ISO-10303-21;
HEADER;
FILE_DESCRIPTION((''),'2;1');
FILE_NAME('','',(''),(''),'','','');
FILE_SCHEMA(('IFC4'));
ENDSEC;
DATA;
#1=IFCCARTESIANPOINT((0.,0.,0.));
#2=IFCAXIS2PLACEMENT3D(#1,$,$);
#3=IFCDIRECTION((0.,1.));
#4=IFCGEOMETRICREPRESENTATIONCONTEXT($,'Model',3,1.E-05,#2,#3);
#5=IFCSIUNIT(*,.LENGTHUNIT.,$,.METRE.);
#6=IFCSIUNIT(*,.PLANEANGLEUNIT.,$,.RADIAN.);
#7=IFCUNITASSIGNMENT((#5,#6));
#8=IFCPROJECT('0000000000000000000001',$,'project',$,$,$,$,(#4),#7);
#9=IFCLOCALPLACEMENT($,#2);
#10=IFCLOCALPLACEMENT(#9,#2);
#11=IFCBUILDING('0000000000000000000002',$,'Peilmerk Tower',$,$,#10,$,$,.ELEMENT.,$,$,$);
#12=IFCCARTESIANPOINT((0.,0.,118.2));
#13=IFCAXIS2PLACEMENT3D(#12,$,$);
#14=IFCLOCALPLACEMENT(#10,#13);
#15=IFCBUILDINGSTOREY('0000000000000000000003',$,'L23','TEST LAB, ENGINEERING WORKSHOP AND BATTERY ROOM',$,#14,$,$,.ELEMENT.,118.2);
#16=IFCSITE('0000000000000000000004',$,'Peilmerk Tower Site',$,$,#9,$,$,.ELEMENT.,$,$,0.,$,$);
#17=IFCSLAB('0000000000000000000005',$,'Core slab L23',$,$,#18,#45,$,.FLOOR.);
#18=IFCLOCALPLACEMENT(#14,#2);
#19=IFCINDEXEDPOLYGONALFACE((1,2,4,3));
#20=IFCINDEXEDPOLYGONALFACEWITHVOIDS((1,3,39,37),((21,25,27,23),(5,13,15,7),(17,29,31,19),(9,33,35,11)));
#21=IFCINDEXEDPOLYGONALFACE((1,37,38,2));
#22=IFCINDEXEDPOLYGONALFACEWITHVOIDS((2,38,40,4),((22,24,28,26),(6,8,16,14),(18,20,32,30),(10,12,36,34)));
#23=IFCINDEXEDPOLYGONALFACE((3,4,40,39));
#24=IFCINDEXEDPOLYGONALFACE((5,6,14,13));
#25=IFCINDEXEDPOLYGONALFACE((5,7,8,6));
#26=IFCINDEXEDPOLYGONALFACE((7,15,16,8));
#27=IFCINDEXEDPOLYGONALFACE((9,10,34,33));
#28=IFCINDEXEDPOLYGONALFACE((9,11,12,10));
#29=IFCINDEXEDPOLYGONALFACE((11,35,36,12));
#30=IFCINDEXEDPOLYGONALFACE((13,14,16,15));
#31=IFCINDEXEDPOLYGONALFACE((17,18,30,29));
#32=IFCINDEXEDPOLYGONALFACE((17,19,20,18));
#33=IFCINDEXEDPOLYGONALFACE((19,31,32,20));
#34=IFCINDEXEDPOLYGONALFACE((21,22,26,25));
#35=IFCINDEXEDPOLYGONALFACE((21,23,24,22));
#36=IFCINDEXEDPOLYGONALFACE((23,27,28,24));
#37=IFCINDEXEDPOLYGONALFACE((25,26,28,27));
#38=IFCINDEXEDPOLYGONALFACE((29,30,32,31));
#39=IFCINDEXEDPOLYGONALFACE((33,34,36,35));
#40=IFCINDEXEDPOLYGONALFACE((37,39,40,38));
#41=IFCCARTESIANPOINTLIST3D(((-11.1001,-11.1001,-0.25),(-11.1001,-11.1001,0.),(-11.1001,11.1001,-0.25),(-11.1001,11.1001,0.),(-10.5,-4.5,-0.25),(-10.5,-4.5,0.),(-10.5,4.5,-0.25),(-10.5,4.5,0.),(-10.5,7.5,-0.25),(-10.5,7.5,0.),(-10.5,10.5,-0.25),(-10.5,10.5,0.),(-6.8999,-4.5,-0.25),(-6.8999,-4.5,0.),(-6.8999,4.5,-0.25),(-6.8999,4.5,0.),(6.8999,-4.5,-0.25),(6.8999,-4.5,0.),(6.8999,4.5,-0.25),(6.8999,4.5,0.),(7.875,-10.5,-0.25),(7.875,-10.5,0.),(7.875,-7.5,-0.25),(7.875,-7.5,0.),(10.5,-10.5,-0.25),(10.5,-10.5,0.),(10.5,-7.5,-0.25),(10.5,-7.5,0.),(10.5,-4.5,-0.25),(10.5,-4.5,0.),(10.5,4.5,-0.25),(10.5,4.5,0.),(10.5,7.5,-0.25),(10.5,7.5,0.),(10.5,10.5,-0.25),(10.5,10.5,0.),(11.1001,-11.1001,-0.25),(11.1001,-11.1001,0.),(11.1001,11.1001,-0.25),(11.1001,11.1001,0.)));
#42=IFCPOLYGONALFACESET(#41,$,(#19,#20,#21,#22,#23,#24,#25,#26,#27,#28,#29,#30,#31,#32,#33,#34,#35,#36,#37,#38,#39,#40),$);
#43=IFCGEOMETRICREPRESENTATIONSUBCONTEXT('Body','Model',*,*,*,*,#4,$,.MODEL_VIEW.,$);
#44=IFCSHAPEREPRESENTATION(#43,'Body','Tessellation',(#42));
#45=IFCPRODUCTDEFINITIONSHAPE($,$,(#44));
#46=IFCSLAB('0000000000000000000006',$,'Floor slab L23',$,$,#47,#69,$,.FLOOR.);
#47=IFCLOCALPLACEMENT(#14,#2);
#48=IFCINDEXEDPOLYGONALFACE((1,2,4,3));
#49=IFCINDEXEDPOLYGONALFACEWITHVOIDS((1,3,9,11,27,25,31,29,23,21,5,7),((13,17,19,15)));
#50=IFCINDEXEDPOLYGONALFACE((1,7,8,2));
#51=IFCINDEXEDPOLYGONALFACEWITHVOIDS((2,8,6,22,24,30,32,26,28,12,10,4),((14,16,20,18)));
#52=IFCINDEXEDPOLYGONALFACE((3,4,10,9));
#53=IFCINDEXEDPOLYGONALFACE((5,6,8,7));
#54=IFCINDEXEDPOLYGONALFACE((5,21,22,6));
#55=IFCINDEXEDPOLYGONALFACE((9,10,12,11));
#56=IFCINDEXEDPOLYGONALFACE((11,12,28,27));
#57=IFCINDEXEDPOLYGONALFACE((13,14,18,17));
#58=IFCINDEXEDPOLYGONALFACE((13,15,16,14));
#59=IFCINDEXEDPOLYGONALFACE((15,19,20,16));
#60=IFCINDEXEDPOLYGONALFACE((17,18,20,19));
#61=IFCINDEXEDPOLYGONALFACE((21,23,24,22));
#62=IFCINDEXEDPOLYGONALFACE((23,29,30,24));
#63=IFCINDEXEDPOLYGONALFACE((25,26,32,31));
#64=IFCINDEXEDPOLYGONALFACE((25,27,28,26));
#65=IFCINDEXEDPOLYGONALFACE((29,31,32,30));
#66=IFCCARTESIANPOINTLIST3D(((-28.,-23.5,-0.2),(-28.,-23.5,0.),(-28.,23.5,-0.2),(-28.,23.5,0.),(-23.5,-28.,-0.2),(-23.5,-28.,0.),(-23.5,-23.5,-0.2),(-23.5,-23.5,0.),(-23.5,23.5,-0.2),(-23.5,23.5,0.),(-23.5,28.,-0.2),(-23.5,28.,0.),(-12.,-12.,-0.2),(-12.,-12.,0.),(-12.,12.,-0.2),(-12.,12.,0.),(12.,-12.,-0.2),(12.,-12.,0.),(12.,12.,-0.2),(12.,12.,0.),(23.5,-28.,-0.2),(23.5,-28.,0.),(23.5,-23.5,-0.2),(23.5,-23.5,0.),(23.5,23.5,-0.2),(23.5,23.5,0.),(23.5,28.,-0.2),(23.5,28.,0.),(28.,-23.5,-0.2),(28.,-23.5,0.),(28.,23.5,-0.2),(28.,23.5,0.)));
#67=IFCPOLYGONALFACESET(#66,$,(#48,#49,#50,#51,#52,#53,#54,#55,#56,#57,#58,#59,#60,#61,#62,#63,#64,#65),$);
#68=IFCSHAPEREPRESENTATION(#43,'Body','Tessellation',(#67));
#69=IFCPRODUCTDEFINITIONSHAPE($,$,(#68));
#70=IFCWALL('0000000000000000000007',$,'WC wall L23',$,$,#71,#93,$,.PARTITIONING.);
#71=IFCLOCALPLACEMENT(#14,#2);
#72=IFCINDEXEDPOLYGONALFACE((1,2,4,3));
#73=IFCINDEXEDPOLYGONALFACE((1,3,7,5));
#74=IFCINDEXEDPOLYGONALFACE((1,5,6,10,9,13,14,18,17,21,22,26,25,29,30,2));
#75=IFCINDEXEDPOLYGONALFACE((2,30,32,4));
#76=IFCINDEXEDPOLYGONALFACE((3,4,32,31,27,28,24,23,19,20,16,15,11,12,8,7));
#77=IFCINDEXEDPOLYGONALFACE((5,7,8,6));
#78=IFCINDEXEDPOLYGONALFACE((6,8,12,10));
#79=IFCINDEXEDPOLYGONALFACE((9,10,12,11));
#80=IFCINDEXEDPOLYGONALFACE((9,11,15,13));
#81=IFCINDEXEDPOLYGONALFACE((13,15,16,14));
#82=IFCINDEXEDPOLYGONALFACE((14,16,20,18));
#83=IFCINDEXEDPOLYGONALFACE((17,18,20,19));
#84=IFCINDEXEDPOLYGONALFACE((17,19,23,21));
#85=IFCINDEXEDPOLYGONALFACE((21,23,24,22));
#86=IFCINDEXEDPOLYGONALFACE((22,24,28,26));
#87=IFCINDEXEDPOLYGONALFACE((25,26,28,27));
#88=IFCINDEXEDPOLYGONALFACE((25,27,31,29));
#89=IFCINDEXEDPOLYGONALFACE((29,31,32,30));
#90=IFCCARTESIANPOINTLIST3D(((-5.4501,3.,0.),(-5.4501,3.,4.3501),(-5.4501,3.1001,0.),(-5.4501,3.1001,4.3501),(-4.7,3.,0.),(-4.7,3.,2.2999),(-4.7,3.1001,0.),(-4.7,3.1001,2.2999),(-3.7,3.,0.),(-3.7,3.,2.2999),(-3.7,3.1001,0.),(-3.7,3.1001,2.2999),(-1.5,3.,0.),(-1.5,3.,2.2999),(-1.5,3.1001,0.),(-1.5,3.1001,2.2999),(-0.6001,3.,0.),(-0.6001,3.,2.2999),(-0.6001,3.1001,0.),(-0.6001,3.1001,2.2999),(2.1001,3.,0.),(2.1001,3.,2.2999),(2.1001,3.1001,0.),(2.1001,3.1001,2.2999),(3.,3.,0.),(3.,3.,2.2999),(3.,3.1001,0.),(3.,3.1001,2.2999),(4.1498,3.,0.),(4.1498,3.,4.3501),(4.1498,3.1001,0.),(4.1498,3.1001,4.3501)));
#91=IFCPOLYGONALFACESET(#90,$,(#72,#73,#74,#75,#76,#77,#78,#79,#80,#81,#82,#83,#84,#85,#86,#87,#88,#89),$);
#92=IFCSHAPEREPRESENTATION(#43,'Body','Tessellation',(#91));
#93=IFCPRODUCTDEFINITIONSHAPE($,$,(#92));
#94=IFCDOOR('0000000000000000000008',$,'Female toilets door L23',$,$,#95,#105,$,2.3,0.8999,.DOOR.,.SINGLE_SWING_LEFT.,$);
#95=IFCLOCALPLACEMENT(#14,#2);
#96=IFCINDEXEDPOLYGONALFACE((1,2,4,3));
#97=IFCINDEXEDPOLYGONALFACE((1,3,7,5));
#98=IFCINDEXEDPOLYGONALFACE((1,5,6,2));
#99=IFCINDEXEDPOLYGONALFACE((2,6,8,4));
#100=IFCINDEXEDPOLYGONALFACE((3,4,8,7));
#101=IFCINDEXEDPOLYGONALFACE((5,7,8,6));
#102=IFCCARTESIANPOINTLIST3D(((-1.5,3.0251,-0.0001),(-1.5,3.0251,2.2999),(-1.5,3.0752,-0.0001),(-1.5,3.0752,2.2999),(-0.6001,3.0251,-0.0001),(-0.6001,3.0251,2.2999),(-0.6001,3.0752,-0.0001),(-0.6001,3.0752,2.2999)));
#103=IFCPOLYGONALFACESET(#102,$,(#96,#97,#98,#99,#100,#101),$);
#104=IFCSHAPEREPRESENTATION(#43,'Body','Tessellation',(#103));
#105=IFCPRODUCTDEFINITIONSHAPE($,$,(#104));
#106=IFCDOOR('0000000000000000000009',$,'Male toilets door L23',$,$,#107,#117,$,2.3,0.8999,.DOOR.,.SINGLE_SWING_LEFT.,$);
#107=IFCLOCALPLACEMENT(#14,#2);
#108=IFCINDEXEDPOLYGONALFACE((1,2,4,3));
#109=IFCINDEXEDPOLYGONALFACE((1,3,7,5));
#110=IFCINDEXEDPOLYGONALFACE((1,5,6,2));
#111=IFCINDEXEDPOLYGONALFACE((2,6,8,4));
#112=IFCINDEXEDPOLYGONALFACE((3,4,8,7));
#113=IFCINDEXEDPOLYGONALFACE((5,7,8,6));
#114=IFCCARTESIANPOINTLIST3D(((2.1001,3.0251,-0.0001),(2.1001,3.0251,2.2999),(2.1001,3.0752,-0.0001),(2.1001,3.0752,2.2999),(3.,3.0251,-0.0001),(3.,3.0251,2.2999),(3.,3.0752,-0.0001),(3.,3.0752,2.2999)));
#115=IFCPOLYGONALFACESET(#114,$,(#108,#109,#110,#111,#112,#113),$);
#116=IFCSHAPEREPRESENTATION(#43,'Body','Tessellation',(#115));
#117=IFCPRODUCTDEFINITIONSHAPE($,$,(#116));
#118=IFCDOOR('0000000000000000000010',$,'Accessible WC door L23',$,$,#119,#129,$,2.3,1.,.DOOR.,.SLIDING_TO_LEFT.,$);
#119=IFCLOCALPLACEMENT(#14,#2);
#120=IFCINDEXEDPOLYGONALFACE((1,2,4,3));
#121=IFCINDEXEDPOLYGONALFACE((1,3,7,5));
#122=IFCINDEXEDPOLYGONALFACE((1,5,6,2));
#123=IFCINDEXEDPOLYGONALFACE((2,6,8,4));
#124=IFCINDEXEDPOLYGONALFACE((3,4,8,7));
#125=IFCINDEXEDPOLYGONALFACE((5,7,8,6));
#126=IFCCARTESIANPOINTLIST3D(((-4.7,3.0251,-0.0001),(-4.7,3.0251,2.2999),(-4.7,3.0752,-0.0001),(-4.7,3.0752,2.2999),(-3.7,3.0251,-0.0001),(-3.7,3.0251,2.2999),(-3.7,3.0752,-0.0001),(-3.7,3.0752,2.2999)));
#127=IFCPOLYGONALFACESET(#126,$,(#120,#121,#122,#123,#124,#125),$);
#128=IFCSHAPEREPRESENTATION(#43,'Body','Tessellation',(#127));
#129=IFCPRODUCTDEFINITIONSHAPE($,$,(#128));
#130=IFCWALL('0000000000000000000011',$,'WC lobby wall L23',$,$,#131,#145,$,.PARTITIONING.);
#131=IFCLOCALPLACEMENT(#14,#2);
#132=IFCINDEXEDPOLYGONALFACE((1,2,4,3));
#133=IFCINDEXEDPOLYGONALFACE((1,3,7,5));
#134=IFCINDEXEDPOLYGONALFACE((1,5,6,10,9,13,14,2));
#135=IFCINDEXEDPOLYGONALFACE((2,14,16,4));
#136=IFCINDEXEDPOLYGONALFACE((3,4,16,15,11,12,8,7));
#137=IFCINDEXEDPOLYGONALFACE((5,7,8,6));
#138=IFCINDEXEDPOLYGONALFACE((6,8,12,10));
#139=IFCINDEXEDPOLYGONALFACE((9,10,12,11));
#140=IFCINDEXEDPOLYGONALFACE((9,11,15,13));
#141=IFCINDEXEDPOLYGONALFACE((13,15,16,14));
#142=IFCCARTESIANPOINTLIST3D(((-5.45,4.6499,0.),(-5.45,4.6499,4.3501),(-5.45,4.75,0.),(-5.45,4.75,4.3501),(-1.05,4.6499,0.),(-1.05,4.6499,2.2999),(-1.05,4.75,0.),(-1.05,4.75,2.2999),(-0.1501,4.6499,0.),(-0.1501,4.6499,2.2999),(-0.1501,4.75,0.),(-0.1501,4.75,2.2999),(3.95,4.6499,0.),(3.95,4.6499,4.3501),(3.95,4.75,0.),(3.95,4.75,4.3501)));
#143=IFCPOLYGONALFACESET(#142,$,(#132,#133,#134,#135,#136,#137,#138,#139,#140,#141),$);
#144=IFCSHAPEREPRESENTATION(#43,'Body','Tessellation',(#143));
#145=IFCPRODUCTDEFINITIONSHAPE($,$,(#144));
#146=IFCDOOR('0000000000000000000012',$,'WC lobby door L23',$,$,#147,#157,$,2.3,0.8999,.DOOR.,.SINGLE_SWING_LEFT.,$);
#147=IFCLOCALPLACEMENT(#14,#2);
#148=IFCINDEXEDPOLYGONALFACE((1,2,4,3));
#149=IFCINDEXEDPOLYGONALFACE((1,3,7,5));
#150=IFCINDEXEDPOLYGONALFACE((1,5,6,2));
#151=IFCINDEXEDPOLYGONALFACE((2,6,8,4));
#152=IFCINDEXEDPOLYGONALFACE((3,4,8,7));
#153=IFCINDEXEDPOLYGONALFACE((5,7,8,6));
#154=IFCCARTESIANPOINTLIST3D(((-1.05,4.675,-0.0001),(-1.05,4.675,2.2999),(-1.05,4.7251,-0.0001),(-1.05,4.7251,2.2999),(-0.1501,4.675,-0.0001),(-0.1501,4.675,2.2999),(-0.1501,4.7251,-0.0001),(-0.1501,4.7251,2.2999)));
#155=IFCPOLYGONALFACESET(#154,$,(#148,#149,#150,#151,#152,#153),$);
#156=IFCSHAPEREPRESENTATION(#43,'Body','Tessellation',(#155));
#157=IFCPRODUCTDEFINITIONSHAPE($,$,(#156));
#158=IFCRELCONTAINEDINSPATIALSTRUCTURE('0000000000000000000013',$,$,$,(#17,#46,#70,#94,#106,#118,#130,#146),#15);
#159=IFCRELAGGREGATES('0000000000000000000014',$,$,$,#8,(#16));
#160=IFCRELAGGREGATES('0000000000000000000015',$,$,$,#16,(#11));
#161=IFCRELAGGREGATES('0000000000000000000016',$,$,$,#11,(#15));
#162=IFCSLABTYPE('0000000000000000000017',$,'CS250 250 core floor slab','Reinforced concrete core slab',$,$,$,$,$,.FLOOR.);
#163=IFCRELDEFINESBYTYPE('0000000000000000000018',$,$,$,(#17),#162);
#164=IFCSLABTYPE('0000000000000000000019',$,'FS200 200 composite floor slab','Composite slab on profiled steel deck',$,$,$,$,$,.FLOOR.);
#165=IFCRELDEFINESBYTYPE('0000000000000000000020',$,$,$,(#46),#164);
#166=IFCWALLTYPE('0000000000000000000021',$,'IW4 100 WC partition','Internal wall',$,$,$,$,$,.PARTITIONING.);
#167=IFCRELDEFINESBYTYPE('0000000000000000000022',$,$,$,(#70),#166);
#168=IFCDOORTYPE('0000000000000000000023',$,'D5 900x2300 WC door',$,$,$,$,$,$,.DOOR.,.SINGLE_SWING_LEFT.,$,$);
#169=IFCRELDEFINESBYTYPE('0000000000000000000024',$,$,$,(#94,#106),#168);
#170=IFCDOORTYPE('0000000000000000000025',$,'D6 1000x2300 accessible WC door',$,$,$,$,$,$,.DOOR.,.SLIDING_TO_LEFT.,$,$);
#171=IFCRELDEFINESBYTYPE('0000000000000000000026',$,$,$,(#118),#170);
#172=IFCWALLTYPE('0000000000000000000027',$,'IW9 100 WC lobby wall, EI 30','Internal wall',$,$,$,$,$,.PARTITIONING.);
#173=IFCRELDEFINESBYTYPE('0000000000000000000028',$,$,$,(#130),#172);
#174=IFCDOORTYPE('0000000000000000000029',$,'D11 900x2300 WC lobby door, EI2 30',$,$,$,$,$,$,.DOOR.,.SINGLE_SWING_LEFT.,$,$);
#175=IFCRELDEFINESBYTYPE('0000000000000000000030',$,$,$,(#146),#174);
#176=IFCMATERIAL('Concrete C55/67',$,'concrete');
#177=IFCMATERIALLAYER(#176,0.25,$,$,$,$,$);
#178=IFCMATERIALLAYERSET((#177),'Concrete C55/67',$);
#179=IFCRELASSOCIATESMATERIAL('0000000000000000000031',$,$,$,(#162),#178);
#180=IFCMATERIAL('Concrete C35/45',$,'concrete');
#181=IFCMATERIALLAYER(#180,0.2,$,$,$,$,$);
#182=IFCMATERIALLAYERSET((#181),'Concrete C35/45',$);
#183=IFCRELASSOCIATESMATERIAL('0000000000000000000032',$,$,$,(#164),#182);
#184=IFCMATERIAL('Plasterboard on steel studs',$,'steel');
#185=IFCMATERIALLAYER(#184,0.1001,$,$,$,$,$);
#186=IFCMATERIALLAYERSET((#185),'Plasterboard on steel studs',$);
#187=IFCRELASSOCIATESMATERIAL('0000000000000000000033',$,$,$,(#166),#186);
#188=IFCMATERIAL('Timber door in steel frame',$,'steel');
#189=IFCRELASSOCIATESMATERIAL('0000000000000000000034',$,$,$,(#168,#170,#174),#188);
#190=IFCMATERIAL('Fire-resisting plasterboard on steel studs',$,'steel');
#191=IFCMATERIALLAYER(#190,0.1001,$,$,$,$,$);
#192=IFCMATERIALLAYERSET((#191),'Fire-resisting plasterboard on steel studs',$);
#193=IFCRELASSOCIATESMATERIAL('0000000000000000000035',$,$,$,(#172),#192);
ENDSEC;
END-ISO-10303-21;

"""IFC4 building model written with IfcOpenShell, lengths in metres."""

from ifc_helpers import new_model, si_unit, direction, frame, frame_2d, origin, place, context, subcontext, project, spatial, polyline, rectangle, outline, extrude, material, layer, layer_set, type_object, element, fill, save


model = new_model("IFC4")

# Units and contexts
model_context = context("Model", 3, precision=1e-05, world=origin(), true_north=direction((0.0, 1.0)))
body_context = subcontext(model_context, "Body", "Model", "MODEL_VIEW")
ifc_project = project(units=[si_unit("LENGTHUNIT", "METRE"), si_unit("PLANEANGLEUNIT", "RADIAN")], contexts=[model_context])

# Site, building, storey
site_placement = place(None, origin())
site = spatial("IfcSite", under=ifc_project, at=site_placement, Name="Peilmerk Tower Site", CompositionType="ELEMENT", RefElevation=0.0)
building_placement = place(site_placement, origin())
building = spatial("IfcBuilding", under=site, at=building_placement, Name="Peilmerk Tower", CompositionType="ELEMENT")
storey_placement = place(building_placement, frame((0.0, 0.0, 118.2)))
storey = spatial("IfcBuildingStorey", under=building, at=storey_placement, Name="L23", Description="TEST LAB, ENGINEERING WORKSHOP AND BATTERY ROOM", CompositionType="ELEMENT", Elevation=118.2)

# Slabs
ifc_material_1 = material(Name="Concrete C55/67", Category="concrete")
ifc_layer_1 = layer(ifc_material_1, 0.25)
ifc_layer_set_1 = layer_set([ifc_layer_1], Name="Concrete C55/67")
slab_type_1 = type_object("IfcSlabType", Name="CS250 250 core floor slab", Description="Reinforced concrete core slab", PredefinedType="FLOOR", material=ifc_layer_set_1)
slab_1_placement = place(storey_placement, frame((0.0, 0.0, -0.25)))
element("IfcSlab", 1, at=slab_1_placement, inside=storey, type_object=slab_type_1, Name="Core slab L23", PredefinedType="FLOOR", context=body_context, shape_type="SweptSolid", body=[
    extrude(outline(polyline([(-11.1001, 11.1001), (-11.1001, -11.1001), (11.1001, -11.1001), (11.1001, 11.1001), (-11.1001, 11.1001)]), holes=[polyline([(10.5, 7.5), (-10.5, 7.5), (-10.5, 10.5), (10.5, 10.5), (10.5, 7.5)]), polyline([(7.875, -10.5), (7.875, -7.5), (10.5, -7.5), (10.5, -10.5), (7.875, -10.5)]), polyline([(-10.5, 4.5), (-6.8999, 4.5), (-6.8999, -4.5), (-10.5, -4.5), (-10.5, 4.5)]), polyline([(10.5, 4.5), (10.5, -4.5), (6.8999, -4.5), (6.8999, 4.5), (10.5, 4.5)])]), origin(), (0.0, 0.0, 1.0), 0.25),
])
ifc_material_2 = material(Name="Concrete C35/45", Category="concrete")
ifc_layer_2 = layer(ifc_material_2, 0.2)
ifc_layer_set_2 = layer_set([ifc_layer_2], Name="Concrete C35/45")
slab_type_2 = type_object("IfcSlabType", Name="FS200 200 composite floor slab", Description="Composite slab on profiled steel deck", PredefinedType="FLOOR", material=ifc_layer_set_2)
slab_2_placement = place(storey_placement, frame((0.0, 0.0, -0.2)))
element("IfcSlab", 2, at=slab_2_placement, inside=storey, type_object=slab_type_2, Name="Floor slab L23", PredefinedType="FLOOR", context=body_context, shape_type="SweptSolid", body=[
    extrude(outline(polyline([(-23.5, -28.0), (23.5, -28.0), (23.5, -23.5), (28.0, -23.5), (28.0, 23.5), (23.5, 23.5), (23.5, 28.0), (-23.5, 28.0), (-23.5, 23.5), (-28.0, 23.5), (-28.0, -23.5), (-23.5, -23.5), (-23.5, -28.0)]), holes=[polyline([(12.0, 12.0), (12.0, -12.0), (-12.0, -12.0), (-12.0, 12.0), (12.0, 12.0)])]), origin(), (0.0, 0.0, 1.0), 0.2),
])

# Wall, openings, doors
ifc_material_3 = material(Name="Plasterboard on steel studs", Category="steel")
ifc_layer_3 = layer(ifc_material_3, 0.1001)
ifc_layer_set_3 = layer_set([ifc_layer_3], Name="Plasterboard on steel studs")
wall_type_1 = type_object("IfcWallType", Name="IW4 100 WC partition", Description="Internal wall", PredefinedType="PARTITIONING", material=ifc_layer_set_3)
wall_1_placement = place(storey_placement, frame((-5.45, 3.05, 0.0), z_axis=(0.0, 0.0, 1.0), x_axis=(1.0, 0.0, 0.0)))
wall_1 = element("IfcWall", 3, at=wall_1_placement, inside=storey, type_object=wall_type_1, Name="WC wall L23", PredefinedType="PARTITIONING", context=body_context, shape_type="SweptSolid", body=[
    extrude(rectangle(XDim=9.5999, YDim=0.1001, at=frame_2d((4.7998, 0.0))), origin(), (0.0, 0.0, 1.0), 4.3501),
])
opening_1_placement = place(wall_1_placement, frame((0.75, 0.0, 0.0)))
opening_1 = element("IfcOpeningElement", 4, at=opening_1_placement, cuts=wall_1, PredefinedType="OPENING", context=body_context, shape_type="SweptSolid", body=[
    extrude(rectangle(XDim=1.0, YDim=2.3, at=frame_2d((0.5, 1.1499))), frame((0.0, 0.0601, 0.0), z_axis=(0.0, -1.0, 0.0), x_axis=(1.0, 0.0, 0.0)), (0.0, 0.0, 1.0), 0.1201),
])
opening_2_placement = place(wall_1_placement, frame((3.95, 0.0, 0.0)))
opening_2 = element("IfcOpeningElement", 5, at=opening_2_placement, cuts=wall_1, PredefinedType="OPENING", context=body_context, shape_type="SweptSolid", body=[
    extrude(rectangle(XDim=0.8999, YDim=2.3, at=frame_2d((0.45, 1.1499))), frame((0.0, 0.0601, 0.0), z_axis=(0.0, -1.0, 0.0), x_axis=(1.0, 0.0, 0.0)), (0.0, 0.0, 1.0), 0.1201),
])
opening_3_placement = place(wall_1_placement, frame((7.55, 0.0, 0.0)))
opening_3 = element("IfcOpeningElement", 6, at=opening_3_placement, cuts=wall_1, PredefinedType="OPENING", context=body_context, shape_type="SweptSolid", body=[
    extrude(rectangle(XDim=0.8999, YDim=2.3, at=frame_2d((0.45, 1.1499))), frame((0.0, 0.0601, 0.0), z_axis=(0.0, -1.0, 0.0), x_axis=(1.0, 0.0, 0.0)), (0.0, 0.0, 1.0), 0.1201),
])
ifc_material_4 = material(Name="Timber door in steel frame", Category="steel")
door_type_1 = type_object("IfcDoorType", Name="D5 900x2300 WC door", OperationType="SINGLE_SWING_LEFT", PredefinedType="DOOR", material=ifc_material_4)
door_1_placement = place(opening_2_placement, frame((0.8999, 0.0, 0.0), z_axis=(0.0, 0.0, 1.0), x_axis=(-1.0, 0.0, 0.0)))
door_1 = element("IfcDoor", 7, at=door_1_placement, inside=storey, type_object=door_type_1, Name="Female toilets door L23", OperationType="SINGLE_SWING_LEFT", OverallHeight=2.3, OverallWidth=0.8999, PredefinedType="DOOR", context=body_context, shape_type="SweptSolid", body=[
    extrude(rectangle(XDim=0.8999, YDim=2.3, at=frame_2d((0.45, 1.1499))), frame((0.0, 0.0249, 0.0), z_axis=(0.0, -1.0, 0.0), x_axis=(1.0, 0.0, 0.0)), (0.0, 0.0, 1.0), 0.05),
])
fill(opening_2, door_1)
door_2_placement = place(opening_3_placement, frame((0.8999, 0.0, 0.0), z_axis=(0.0, 0.0, 1.0), x_axis=(-1.0, 0.0, 0.0)))
door_2 = element("IfcDoor", 8, at=door_2_placement, inside=storey, type_object=door_type_1, Name="Male toilets door L23", OperationType="SINGLE_SWING_LEFT", OverallHeight=2.3, OverallWidth=0.8999, PredefinedType="DOOR", context=body_context, shape_type="SweptSolid", body=[
    extrude(rectangle(XDim=0.8999, YDim=2.3, at=frame_2d((0.45, 1.1499))), frame((0.0, 0.0249, 0.0), z_axis=(0.0, -1.0, 0.0), x_axis=(1.0, 0.0, 0.0)), (0.0, 0.0, 1.0), 0.05),
])
fill(opening_3, door_2)
door_type_2 = type_object("IfcDoorType", Name="D6 1000x2300 accessible WC door", OperationType="SLIDING_TO_LEFT", PredefinedType="DOOR", material=ifc_material_4)
door_3_placement = place(opening_1_placement, frame((1.0, 0.0, 0.0), z_axis=(0.0, 0.0, 1.0), x_axis=(-1.0, 0.0, 0.0)))
door_3 = element("IfcDoor", 9, at=door_3_placement, inside=storey, type_object=door_type_2, Name="Accessible WC door L23", OperationType="SLIDING_TO_LEFT", OverallHeight=2.3, OverallWidth=1.0, PredefinedType="DOOR", context=body_context, shape_type="SweptSolid", body=[
    extrude(rectangle(XDim=1.0, YDim=2.3, at=frame_2d((0.5, 1.1499))), frame((0.0, 0.0249, 0.0), z_axis=(0.0, -1.0, 0.0), x_axis=(1.0, 0.0, 0.0)), (0.0, 0.0, 1.0), 0.05),
])
fill(opening_1, door_3)

# Wall, opening, door
ifc_material_5 = material(Name="Fire-resisting plasterboard on steel studs", Category="steel")
ifc_layer_4 = layer(ifc_material_5, 0.1001)
ifc_layer_set_4 = layer_set([ifc_layer_4], Name="Fire-resisting plasterboard on steel studs")
wall_type_2 = type_object("IfcWallType", Name="IW9 100 WC lobby wall, EI 30", Description="Internal wall", PredefinedType="PARTITIONING", material=ifc_layer_set_4)
wall_2_placement = place(storey_placement, frame((-5.45, 4.7, 0.0), z_axis=(0.0, 0.0, 1.0), x_axis=(1.0, 0.0, 0.0)))
wall_2 = element("IfcWall", 10, at=wall_2_placement, inside=storey, type_object=wall_type_2, Name="WC lobby wall L23", PredefinedType="PARTITIONING", context=body_context, shape_type="SweptSolid", body=[
    extrude(rectangle(XDim=9.3999, YDim=0.1001, at=frame_2d((4.7, 0.0))), origin(), (0.0, 0.0, 1.0), 4.3501),
])
opening_4_placement = place(wall_2_placement, frame((4.3999, 0.0, 0.0)))
opening_4 = element("IfcOpeningElement", 11, at=opening_4_placement, cuts=wall_2, PredefinedType="OPENING", context=body_context, shape_type="SweptSolid", body=[
    extrude(rectangle(XDim=0.8999, YDim=2.3, at=frame_2d((0.45, 1.1499))), frame((0.0, 0.0601, 0.0), z_axis=(0.0, -1.0, 0.0), x_axis=(1.0, 0.0, 0.0)), (0.0, 0.0, 1.0), 0.1201),
])
door_type_3 = type_object("IfcDoorType", Name="D11 900x2300 WC lobby door, EI2 30", OperationType="SINGLE_SWING_LEFT", PredefinedType="DOOR", material=ifc_material_4)
door_4_placement = place(opening_4_placement, frame((0.8999, 0.0, 0.0), z_axis=(0.0, 0.0, 1.0), x_axis=(-1.0, 0.0, 0.0)))
door_4 = element("IfcDoor", 12, at=door_4_placement, inside=storey, type_object=door_type_3, Name="WC lobby door L23", OperationType="SINGLE_SWING_LEFT", OverallHeight=2.3, OverallWidth=0.8999, PredefinedType="DOOR", context=body_context, shape_type="SweptSolid", body=[
    extrude(rectangle(XDim=0.8999, YDim=2.3, at=frame_2d((0.45, 1.1499))), frame((0.0, 0.0249, 0.0), z_axis=(0.0, -1.0, 0.0), x_axis=(1.0, 0.0, 0.0)), (0.0, 0.0, 1.0), 0.05),
])
fill(opening_4, door_4)

save(model, "model.ifc")
